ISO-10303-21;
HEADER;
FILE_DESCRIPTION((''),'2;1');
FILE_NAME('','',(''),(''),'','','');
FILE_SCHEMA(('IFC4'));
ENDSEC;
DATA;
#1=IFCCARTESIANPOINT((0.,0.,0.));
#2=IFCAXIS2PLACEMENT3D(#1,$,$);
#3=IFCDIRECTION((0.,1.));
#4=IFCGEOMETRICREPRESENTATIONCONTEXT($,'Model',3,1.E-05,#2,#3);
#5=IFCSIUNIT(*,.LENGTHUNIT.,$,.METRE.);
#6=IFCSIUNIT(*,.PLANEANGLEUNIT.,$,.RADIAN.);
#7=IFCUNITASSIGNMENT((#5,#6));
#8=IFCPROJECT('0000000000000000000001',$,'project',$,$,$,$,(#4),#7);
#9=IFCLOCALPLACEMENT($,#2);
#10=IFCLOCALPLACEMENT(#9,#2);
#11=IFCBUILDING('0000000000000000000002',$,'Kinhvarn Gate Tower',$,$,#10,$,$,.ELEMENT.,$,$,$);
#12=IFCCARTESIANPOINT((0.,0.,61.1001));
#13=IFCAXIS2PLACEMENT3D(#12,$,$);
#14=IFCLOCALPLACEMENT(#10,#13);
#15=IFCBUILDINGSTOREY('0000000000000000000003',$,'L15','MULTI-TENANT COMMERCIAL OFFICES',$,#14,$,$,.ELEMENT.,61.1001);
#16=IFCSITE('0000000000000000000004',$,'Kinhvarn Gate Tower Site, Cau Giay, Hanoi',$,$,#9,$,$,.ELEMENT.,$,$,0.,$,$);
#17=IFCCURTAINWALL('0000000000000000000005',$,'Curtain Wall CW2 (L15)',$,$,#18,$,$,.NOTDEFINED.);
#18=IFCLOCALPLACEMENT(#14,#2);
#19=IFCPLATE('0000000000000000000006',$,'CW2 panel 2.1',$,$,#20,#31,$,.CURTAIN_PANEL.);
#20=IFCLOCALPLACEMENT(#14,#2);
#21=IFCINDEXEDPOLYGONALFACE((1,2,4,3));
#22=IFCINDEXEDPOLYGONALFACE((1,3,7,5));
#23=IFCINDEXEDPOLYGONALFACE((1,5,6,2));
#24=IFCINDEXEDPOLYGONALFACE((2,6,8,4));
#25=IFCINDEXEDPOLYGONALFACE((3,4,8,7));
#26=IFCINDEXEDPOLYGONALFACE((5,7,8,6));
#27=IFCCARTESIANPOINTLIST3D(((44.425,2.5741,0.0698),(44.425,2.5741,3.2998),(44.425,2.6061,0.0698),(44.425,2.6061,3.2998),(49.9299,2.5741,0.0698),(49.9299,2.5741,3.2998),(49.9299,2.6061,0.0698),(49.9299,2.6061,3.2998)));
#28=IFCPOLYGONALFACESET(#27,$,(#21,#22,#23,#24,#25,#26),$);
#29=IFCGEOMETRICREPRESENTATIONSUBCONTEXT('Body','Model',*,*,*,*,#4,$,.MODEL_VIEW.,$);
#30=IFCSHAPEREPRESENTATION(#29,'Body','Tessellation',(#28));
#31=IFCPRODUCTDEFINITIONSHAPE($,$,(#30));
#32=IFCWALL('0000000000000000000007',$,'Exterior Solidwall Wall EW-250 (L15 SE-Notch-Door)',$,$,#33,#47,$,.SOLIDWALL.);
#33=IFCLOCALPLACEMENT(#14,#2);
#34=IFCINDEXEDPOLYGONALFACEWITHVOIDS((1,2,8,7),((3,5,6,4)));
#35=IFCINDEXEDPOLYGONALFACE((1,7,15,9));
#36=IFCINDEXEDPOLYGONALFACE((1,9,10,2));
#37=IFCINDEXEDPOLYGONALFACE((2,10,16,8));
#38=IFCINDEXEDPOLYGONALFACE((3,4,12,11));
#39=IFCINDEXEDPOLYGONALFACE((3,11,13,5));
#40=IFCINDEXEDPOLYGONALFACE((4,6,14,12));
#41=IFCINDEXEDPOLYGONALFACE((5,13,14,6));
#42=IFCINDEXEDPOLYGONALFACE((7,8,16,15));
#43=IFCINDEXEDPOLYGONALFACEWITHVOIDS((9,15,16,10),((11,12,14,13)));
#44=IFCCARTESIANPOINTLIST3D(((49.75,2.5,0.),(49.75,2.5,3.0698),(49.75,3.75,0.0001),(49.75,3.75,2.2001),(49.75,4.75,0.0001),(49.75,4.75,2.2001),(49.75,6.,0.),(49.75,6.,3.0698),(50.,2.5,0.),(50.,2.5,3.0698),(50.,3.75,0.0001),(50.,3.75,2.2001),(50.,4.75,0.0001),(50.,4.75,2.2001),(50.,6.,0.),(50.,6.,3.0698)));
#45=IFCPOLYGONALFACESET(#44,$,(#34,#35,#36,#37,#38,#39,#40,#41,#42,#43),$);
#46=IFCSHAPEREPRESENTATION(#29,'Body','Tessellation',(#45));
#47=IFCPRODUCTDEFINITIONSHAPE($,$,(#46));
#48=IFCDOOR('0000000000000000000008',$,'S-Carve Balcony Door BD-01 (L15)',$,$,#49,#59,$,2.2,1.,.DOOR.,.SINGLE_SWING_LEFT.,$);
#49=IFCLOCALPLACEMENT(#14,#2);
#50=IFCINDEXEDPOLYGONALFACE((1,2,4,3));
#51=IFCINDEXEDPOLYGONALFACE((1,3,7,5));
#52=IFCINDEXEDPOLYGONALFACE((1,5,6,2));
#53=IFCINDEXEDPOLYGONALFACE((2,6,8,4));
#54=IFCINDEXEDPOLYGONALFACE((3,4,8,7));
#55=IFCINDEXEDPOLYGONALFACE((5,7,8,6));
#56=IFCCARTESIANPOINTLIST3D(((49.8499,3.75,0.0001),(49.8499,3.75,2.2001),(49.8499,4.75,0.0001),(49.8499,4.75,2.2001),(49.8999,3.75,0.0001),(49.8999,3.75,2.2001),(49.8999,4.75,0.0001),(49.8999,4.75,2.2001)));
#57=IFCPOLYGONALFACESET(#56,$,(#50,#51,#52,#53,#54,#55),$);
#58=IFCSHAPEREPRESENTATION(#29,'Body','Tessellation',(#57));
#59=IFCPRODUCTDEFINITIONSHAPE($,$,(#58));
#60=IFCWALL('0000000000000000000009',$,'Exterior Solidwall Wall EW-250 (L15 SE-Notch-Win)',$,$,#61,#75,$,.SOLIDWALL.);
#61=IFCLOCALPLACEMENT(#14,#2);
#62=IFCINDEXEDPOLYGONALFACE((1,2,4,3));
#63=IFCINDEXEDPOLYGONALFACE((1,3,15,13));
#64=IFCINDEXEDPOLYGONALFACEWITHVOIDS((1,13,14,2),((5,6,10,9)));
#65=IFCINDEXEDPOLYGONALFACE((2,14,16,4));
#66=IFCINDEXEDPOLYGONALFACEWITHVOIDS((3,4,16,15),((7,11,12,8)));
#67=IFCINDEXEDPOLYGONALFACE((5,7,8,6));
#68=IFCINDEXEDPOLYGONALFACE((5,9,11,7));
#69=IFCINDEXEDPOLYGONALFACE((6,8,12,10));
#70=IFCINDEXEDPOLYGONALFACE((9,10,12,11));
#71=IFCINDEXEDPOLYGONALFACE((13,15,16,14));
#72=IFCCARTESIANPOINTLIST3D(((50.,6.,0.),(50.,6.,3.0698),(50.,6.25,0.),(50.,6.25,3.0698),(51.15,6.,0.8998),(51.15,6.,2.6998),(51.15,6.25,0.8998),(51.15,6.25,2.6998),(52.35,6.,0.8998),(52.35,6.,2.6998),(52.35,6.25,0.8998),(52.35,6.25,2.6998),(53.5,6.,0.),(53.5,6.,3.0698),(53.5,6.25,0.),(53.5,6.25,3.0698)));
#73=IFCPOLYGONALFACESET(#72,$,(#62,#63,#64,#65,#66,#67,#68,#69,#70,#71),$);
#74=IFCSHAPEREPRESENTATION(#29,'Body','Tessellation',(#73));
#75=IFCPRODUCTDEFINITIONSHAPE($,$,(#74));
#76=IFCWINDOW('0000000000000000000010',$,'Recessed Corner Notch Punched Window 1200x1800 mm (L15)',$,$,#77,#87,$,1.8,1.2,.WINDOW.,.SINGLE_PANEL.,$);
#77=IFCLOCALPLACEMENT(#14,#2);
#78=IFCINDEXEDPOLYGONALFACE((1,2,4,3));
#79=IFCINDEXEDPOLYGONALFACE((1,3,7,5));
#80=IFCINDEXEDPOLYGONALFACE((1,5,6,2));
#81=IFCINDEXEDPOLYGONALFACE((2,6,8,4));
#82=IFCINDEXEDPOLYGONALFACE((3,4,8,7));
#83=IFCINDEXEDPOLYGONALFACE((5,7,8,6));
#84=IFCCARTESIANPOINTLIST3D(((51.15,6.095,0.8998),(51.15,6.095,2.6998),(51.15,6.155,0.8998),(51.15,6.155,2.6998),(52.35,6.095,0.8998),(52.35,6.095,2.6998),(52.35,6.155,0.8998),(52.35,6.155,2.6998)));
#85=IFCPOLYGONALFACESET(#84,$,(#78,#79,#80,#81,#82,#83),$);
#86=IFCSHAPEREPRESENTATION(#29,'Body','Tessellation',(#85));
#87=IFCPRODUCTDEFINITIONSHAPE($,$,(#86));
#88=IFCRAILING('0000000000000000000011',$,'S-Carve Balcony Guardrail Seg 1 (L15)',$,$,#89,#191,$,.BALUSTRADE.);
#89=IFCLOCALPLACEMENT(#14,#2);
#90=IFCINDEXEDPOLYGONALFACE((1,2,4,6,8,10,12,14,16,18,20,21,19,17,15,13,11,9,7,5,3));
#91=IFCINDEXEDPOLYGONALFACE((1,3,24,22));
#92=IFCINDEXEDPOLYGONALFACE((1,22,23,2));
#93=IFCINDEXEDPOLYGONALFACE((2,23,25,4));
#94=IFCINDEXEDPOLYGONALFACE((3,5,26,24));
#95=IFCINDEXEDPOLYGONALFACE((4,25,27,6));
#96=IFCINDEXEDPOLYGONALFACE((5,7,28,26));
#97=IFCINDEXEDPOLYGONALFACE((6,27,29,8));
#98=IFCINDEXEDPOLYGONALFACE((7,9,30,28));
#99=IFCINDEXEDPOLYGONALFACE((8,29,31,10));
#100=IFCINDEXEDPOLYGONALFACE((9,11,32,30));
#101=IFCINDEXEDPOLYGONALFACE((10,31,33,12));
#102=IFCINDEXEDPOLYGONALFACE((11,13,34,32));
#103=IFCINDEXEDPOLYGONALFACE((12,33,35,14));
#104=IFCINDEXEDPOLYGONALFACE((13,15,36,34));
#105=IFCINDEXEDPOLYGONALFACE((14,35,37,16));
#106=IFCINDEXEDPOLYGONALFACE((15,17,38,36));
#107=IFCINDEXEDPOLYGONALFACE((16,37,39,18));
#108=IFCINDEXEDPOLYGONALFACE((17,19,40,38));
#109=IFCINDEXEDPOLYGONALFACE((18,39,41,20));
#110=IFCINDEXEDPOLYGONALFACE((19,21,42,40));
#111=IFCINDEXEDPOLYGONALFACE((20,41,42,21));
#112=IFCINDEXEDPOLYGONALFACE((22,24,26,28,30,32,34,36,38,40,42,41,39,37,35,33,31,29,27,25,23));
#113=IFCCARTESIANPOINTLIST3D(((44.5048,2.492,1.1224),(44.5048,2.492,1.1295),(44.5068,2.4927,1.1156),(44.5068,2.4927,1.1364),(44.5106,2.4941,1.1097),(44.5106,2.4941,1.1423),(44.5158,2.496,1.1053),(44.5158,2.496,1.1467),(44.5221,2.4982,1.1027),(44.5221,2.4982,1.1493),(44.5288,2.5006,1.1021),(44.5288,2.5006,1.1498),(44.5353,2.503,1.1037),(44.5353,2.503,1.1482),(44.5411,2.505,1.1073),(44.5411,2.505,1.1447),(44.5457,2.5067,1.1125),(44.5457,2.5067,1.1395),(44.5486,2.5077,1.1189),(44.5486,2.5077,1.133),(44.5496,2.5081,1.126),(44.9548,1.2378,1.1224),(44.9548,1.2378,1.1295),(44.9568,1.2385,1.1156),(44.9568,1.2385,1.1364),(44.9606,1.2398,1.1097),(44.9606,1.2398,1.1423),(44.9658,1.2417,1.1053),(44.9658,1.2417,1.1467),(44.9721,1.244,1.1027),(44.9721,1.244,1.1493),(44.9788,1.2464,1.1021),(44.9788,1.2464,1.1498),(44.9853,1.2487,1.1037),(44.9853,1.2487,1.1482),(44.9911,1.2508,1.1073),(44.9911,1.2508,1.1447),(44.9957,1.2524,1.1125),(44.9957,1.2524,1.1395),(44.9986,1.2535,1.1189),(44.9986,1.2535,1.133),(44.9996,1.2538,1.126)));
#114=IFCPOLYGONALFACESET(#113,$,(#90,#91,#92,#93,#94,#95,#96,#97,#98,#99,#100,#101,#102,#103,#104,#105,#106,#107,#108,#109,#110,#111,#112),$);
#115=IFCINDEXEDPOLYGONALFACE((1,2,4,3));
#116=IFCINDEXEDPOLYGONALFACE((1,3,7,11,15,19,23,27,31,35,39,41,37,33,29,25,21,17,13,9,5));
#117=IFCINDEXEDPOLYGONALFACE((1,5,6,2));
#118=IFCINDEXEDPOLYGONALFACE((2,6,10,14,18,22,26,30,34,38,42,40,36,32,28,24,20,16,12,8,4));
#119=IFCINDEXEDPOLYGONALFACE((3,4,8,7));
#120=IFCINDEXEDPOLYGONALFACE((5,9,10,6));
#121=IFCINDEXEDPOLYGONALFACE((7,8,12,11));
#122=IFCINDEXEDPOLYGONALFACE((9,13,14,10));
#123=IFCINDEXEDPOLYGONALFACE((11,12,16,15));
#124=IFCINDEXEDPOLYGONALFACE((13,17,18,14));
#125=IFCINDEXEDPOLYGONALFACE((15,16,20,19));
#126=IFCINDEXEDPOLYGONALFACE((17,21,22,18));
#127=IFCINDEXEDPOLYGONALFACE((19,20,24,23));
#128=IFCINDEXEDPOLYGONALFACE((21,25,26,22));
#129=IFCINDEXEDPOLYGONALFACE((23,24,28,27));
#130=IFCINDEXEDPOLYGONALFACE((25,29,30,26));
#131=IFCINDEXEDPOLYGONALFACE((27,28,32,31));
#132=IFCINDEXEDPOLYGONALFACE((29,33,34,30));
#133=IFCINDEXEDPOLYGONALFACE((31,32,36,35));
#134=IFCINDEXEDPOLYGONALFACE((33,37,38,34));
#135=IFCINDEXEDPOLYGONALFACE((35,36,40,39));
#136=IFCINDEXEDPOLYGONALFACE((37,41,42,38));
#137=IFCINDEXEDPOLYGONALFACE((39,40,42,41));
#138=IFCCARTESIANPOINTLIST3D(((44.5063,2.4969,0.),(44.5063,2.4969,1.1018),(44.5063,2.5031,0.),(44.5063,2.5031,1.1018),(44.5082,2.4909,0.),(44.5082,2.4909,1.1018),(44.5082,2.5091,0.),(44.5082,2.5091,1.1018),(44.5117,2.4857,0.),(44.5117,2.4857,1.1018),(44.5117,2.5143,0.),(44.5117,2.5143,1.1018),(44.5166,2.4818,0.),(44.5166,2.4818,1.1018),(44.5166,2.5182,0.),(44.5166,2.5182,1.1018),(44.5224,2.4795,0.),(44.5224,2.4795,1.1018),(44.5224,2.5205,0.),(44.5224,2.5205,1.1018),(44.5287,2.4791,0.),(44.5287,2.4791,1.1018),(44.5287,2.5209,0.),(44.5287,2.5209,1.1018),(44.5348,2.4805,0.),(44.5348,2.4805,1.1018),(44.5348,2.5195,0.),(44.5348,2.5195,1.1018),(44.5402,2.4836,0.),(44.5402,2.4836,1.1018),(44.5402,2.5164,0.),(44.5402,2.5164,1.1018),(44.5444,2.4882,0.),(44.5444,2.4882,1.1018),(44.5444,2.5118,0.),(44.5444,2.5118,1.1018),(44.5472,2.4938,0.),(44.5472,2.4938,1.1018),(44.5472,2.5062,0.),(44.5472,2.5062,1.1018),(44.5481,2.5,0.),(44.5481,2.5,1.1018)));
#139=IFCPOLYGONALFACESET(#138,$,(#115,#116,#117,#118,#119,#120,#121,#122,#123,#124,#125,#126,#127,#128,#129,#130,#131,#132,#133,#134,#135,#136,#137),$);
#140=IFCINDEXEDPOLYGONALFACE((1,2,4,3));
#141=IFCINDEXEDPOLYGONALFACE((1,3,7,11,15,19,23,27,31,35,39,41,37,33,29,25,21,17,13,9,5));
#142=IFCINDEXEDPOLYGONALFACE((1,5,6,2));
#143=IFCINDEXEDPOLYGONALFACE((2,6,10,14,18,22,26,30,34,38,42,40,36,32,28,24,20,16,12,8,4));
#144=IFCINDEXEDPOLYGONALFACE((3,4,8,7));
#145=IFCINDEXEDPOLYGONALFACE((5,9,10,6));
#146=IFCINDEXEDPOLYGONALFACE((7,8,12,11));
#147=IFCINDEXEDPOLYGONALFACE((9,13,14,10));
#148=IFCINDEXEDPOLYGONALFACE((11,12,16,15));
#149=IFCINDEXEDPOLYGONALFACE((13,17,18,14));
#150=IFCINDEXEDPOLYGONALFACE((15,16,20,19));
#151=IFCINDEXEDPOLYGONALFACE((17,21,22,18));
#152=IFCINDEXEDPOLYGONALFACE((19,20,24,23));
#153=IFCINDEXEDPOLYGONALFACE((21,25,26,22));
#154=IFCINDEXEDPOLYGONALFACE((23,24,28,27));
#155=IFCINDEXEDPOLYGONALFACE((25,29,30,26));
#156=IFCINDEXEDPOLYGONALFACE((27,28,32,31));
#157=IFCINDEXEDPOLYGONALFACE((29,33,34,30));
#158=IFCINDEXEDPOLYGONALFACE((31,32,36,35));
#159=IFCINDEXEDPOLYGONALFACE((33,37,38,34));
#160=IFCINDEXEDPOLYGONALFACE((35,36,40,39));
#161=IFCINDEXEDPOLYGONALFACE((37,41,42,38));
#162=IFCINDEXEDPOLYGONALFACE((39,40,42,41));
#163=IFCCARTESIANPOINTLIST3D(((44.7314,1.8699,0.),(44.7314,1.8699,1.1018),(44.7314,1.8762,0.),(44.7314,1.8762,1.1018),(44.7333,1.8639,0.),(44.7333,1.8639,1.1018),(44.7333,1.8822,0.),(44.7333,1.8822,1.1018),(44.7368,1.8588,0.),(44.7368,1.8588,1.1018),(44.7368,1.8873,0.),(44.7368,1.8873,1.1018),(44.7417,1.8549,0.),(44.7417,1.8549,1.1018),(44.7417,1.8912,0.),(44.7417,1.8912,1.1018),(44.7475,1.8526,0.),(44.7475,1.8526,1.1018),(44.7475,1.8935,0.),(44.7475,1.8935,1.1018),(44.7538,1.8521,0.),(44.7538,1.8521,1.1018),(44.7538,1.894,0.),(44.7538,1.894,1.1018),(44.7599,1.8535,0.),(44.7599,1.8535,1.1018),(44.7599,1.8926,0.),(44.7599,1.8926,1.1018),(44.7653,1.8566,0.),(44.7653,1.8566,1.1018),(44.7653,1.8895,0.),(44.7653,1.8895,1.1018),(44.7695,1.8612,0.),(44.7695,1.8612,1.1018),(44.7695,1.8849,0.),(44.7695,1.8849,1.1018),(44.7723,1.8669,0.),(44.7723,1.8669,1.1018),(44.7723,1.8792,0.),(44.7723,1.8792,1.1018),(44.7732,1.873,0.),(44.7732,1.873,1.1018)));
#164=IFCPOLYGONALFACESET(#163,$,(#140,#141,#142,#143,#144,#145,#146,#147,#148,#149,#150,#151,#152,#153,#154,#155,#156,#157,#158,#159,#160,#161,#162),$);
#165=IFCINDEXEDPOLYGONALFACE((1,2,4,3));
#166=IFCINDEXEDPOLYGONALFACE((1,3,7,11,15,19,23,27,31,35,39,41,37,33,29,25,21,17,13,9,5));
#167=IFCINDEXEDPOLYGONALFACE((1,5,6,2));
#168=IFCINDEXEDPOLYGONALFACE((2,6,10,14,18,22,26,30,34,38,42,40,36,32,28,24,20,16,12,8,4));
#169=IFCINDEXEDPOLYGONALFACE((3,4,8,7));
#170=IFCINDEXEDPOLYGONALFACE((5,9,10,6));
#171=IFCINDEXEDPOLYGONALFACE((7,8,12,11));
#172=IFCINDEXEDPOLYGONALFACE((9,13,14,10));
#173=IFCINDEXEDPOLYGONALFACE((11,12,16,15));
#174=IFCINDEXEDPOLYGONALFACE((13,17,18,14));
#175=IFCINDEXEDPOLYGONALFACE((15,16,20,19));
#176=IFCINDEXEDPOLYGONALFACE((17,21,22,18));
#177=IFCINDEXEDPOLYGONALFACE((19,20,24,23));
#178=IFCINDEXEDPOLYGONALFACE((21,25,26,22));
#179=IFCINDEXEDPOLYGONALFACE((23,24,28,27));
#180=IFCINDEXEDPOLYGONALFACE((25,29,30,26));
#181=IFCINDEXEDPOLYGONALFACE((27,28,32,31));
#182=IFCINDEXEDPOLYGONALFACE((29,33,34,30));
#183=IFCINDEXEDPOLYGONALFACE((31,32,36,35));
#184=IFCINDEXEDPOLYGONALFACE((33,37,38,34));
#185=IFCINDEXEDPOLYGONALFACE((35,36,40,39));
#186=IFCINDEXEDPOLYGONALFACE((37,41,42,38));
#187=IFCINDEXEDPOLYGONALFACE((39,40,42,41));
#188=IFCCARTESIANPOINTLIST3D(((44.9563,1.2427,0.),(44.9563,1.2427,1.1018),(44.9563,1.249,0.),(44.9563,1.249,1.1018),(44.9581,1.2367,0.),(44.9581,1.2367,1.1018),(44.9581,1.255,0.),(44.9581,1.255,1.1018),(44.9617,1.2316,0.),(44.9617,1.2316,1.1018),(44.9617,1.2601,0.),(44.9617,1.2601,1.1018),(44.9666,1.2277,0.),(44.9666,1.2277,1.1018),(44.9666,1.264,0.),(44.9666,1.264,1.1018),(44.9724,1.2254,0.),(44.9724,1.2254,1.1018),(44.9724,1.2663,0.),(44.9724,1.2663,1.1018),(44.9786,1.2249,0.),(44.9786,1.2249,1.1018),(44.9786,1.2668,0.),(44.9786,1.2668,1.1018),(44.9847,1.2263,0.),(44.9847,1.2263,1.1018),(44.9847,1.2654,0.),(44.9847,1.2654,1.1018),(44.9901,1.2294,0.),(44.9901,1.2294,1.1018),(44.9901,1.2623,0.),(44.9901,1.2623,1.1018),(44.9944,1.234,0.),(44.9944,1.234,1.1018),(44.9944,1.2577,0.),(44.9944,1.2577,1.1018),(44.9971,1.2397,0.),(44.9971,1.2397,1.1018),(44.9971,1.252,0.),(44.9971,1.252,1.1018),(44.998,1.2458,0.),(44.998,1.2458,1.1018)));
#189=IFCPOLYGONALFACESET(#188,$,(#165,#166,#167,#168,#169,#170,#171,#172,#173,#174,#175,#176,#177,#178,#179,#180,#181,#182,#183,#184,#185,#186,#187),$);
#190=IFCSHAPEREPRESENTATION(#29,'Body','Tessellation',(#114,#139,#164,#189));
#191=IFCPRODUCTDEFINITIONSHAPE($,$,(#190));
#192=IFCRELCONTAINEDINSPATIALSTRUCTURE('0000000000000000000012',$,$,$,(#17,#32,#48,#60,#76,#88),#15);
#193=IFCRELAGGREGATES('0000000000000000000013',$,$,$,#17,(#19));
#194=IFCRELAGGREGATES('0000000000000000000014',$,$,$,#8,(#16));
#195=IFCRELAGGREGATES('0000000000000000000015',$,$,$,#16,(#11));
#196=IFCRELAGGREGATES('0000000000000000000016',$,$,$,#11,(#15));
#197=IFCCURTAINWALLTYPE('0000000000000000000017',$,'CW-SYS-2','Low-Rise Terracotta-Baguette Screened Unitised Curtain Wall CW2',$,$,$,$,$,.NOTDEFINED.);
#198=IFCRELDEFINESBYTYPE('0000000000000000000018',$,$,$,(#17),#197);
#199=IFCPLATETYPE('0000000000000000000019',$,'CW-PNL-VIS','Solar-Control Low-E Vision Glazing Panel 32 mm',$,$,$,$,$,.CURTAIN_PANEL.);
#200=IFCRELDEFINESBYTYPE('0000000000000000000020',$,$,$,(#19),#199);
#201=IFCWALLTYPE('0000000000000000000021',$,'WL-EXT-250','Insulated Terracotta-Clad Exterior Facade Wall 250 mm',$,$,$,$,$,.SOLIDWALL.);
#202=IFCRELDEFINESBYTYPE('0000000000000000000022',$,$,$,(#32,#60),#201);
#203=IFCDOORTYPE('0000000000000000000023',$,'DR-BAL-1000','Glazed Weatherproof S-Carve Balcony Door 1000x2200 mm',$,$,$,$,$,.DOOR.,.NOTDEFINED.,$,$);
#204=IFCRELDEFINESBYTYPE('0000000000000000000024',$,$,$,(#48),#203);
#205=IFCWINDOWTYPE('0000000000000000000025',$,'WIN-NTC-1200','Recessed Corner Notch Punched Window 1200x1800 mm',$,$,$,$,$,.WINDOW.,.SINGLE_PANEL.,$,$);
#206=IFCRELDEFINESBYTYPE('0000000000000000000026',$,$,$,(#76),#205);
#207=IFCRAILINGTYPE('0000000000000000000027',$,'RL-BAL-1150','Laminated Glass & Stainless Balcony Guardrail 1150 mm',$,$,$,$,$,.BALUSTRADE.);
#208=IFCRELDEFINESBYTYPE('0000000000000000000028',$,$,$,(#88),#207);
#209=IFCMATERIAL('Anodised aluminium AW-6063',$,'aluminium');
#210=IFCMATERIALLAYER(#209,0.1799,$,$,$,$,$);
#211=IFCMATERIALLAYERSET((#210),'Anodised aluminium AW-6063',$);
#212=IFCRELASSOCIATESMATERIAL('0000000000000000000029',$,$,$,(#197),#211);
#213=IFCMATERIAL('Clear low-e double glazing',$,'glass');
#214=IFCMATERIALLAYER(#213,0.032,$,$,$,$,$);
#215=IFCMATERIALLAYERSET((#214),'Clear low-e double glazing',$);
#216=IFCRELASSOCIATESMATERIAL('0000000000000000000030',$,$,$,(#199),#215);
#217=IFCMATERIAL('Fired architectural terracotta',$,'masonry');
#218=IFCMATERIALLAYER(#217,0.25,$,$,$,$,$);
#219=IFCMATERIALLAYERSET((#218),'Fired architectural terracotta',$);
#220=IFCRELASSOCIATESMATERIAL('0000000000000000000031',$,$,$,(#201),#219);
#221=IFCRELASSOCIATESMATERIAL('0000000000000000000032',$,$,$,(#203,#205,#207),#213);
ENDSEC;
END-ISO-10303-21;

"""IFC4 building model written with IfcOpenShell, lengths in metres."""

from ifc_helpers import new_model, si_unit, direction, frame, frame_2d, origin, origin_2d, place, context, subcontext, project, spatial, rectangle, circle, extrude, material, layer, layer_set, type_object, element, fill, aggregate, save


model = new_model("IFC4")

# Units and contexts
model_context = context("Model", 3, precision=1e-05, world=origin(), true_north=direction((0.0, 1.0)))
body_context = subcontext(model_context, "Body", "Model", "MODEL_VIEW")
ifc_project = project(units=[si_unit("LENGTHUNIT", "METRE"), si_unit("PLANEANGLEUNIT", "RADIAN")], contexts=[model_context])

# Site, building, storey
site_placement = place(None, origin())
site = spatial("IfcSite", under=ifc_project, at=site_placement, Name="Kinhvarn Gate Tower Site, Cau Giay, Hanoi", CompositionType="ELEMENT", RefElevation=0.0)
building_placement = place(site_placement, origin())
building = spatial("IfcBuilding", under=site, at=building_placement, Name="Kinhvarn Gate Tower", CompositionType="ELEMENT")
storey_placement = place(building_placement, frame((0.0, 0.0, 61.1001)))
storey = spatial("IfcBuildingStorey", under=building, at=storey_placement, Name="L15", Description="MULTI-TENANT COMMERCIAL OFFICES", CompositionType="ELEMENT", Elevation=61.1001)

# Curtain wall
ifc_material_1 = material(Name="Anodised aluminium AW-6063", Category="aluminium")
ifc_layer_1 = layer(ifc_material_1, 0.1799)
ifc_layer_set_1 = layer_set([ifc_layer_1], Name="Anodised aluminium AW-6063")
curtain_wall_type = type_object("IfcCurtainWallType", Name="CW-SYS-2", Description="Low-Rise Terracotta-Baguette Screened Unitised Curtain Wall CW2", PredefinedType="NOTDEFINED", material=ifc_layer_set_1)
curtain_wall_1_placement = place(storey_placement, origin())
curtain_wall_1 = element("IfcCurtainWall", 1, at=curtain_wall_1_placement, inside=storey, type_object=curtain_wall_type, Name="Curtain Wall CW2 (L15)", PredefinedType="NOTDEFINED")

# Plate
ifc_material_2 = material(Name="Clear low-e double glazing", Category="glass")
ifc_layer_2 = layer(ifc_material_2, 0.032)
ifc_layer_set_2 = layer_set([ifc_layer_2], Name="Clear low-e double glazing")
plate_type = type_object("IfcPlateType", Name="CW-PNL-VIS", Description="Solar-Control Low-E Vision Glazing Panel 32 mm", PredefinedType="CURTAIN_PANEL", material=ifc_layer_set_2)
plate_1_placement = place(storey_placement, frame((47.1775, 2.5901, 0.0698), z_axis=(0.0, 0.0, 1.0), x_axis=(1.0, 0.0, 0.0)))
plate_1 = element("IfcPlate", 2, at=plate_1_placement, type_object=plate_type, Name="CW2 panel 2.1", PredefinedType="CURTAIN_PANEL", context=body_context, shape_type="SweptSolid", body=[
    extrude(rectangle(XDim=5.5049, YDim=0.032, at=origin_2d()), origin(), (0.0, 0.0, 1.0), 3.23),
])
aggregate(curtain_wall_1, [plate_1])

# Wall, opening, door
ifc_material_3 = material(Name="Fired architectural terracotta", Category="masonry")
ifc_layer_3 = layer(ifc_material_3, 0.25)
ifc_layer_set_3 = layer_set([ifc_layer_3], Name="Fired architectural terracotta")
wall_type = type_object("IfcWallType", Name="WL-EXT-250", Description="Insulated Terracotta-Clad Exterior Facade Wall 250 mm", PredefinedType="SOLIDWALL", material=ifc_layer_set_3)
wall_1_placement = place(storey_placement, frame((49.875, 2.5, 0.0), z_axis=(0.0, 0.0, 1.0), x_axis=(0.0, 1.0, 0.0)))
wall_1 = element("IfcWall", 3, at=wall_1_placement, inside=storey, type_object=wall_type, Name="Exterior Solidwall Wall EW-250 (L15 SE-Notch-Door)", PredefinedType="SOLIDWALL", context=body_context, shape_type="SweptSolid", body=[
    extrude(rectangle(XDim=3.5, YDim=0.25, at=frame_2d((1.75, 0.0))), origin(), (0.0, 0.0, 1.0), 3.0698),
])
opening_1_placement = place(wall_1_placement, frame((1.25, 0.0, 0.0)))
opening_1 = element("IfcOpeningElement", 4, at=opening_1_placement, cuts=wall_1, PredefinedType="OPENING", context=body_context, shape_type="SweptSolid", body=[
    extrude(rectangle(XDim=1.0, YDim=2.2, at=frame_2d((0.5, 1.1001))), frame((0.0, 0.135, 0.0), z_axis=(0.0, -1.0, 0.0), x_axis=(1.0, 0.0, 0.0)), (0.0, 0.0, 1.0), 0.27),
])
door_type = type_object("IfcDoorType", Name="DR-BAL-1000", Description="Glazed Weatherproof S-Carve Balcony Door 1000x2200 mm", OperationType="NOTDEFINED", PredefinedType="DOOR", material=ifc_material_2)
door_placement = place(opening_1_placement, frame((1.0, 0.0, 0.0), z_axis=(0.0, 0.0, 1.0), x_axis=(-1.0, 0.0, 0.0)))
door = element("IfcDoor", 5, at=door_placement, inside=storey, type_object=door_type, Name="S-Carve Balcony Door BD-01 (L15)", OperationType="SINGLE_SWING_LEFT", OverallHeight=2.2, OverallWidth=1.0, PredefinedType="DOOR", context=body_context, shape_type="SweptSolid", body=[
    extrude(rectangle(XDim=1.0, YDim=2.2, at=frame_2d((0.5, 1.1001))), frame((0.0, 0.0249, 0.0), z_axis=(0.0, -1.0, 0.0), x_axis=(1.0, 0.0, 0.0)), (0.0, 0.0, 1.0), 0.05),
])
fill(opening_1, door)

# Wall, opening, window
wall_2_placement = place(storey_placement, frame((50.0, 6.125, 0.0), z_axis=(0.0, 0.0, 1.0), x_axis=(1.0, 0.0, 0.0)))
wall_2 = element("IfcWall", 6, at=wall_2_placement, inside=storey, type_object=wall_type, Name="Exterior Solidwall Wall EW-250 (L15 SE-Notch-Win)", PredefinedType="SOLIDWALL", context=body_context, shape_type="SweptSolid", body=[
    extrude(rectangle(XDim=3.5, YDim=0.25, at=frame_2d((1.75, 0.0))), origin(), (0.0, 0.0, 1.0), 3.0698),
])
opening_2_placement = place(wall_2_placement, frame((1.1499, 0.0, 0.8999)))
opening_2 = element("IfcOpeningElement", 7, at=opening_2_placement, cuts=wall_2, PredefinedType="OPENING", context=body_context, shape_type="SweptSolid", body=[
    extrude(rectangle(XDim=1.2, YDim=1.8, at=frame_2d((0.6001, 0.8999))), frame((0.0, 0.135, 0.0), z_axis=(0.0, -1.0, 0.0), x_axis=(1.0, 0.0, 0.0)), (0.0, 0.0, 1.0), 0.27),
])
window_type = type_object("IfcWindowType", Name="WIN-NTC-1200", Description="Recessed Corner Notch Punched Window 1200x1800 mm", PartitioningType="SINGLE_PANEL", PredefinedType="WINDOW", material=ifc_material_2)
window_placement = place(opening_2_placement, origin())
window = element("IfcWindow", 8, at=window_placement, inside=storey, type_object=window_type, Name="Recessed Corner Notch Punched Window 1200x1800 mm (L15)", OverallHeight=1.8, OverallWidth=1.2, PartitioningType="SINGLE_PANEL", PredefinedType="WINDOW", context=body_context, shape_type="SweptSolid", body=[
    extrude(rectangle(XDim=1.2, YDim=1.8, at=frame_2d((0.6001, 0.8999))), frame((0.0, 0.03, 0.0), z_axis=(0.0, -1.0, 0.0), x_axis=(1.0, 0.0, 0.0)), (0.0, 0.0, 1.0), 0.0601),
])
fill(opening_2, window)

# Railing
railing_type = type_object("IfcRailingType", Name="RL-BAL-1150", Description="Laminated Glass & Stainless Balcony Guardrail 1150 mm", PredefinedType="BALUSTRADE", material=ifc_material_2)
railing_1_placement = place(storey_placement, frame((44.5271, 2.5, 0.0)))
element("IfcRailing", 9, at=railing_1_placement, inside=storey, type_object=railing_type, Name="S-Carve Balcony Guardrail Seg 1 (L15)", PredefinedType="BALUSTRADE", context=body_context, shape_type="SweptSolid", body=[
    extrude(circle(Radius=0.0239, at=origin_2d()), frame((0.0, 0.0, 1.126), z_axis=(0.337694, -0.941256, 0.0), x_axis=(0.941256, 0.337694, 0.0)), (0.0, 0.0, 1.0), 1.3325),
    extrude(circle(Radius=0.021, at=origin_2d()), origin(), (0.0, 0.0, 1.0), 1.1018),
    extrude(circle(Radius=0.021, at=origin_2d()), frame((0.2251, -0.627, 0.0)), (0.0, 0.0, 1.0), 1.1018),
    extrude(circle(Radius=0.021, at=origin_2d()), frame((0.45, -1.2542, 0.0)), (0.0, 0.0, 1.0), 1.1018),
])

save(model, "model.ifc")
